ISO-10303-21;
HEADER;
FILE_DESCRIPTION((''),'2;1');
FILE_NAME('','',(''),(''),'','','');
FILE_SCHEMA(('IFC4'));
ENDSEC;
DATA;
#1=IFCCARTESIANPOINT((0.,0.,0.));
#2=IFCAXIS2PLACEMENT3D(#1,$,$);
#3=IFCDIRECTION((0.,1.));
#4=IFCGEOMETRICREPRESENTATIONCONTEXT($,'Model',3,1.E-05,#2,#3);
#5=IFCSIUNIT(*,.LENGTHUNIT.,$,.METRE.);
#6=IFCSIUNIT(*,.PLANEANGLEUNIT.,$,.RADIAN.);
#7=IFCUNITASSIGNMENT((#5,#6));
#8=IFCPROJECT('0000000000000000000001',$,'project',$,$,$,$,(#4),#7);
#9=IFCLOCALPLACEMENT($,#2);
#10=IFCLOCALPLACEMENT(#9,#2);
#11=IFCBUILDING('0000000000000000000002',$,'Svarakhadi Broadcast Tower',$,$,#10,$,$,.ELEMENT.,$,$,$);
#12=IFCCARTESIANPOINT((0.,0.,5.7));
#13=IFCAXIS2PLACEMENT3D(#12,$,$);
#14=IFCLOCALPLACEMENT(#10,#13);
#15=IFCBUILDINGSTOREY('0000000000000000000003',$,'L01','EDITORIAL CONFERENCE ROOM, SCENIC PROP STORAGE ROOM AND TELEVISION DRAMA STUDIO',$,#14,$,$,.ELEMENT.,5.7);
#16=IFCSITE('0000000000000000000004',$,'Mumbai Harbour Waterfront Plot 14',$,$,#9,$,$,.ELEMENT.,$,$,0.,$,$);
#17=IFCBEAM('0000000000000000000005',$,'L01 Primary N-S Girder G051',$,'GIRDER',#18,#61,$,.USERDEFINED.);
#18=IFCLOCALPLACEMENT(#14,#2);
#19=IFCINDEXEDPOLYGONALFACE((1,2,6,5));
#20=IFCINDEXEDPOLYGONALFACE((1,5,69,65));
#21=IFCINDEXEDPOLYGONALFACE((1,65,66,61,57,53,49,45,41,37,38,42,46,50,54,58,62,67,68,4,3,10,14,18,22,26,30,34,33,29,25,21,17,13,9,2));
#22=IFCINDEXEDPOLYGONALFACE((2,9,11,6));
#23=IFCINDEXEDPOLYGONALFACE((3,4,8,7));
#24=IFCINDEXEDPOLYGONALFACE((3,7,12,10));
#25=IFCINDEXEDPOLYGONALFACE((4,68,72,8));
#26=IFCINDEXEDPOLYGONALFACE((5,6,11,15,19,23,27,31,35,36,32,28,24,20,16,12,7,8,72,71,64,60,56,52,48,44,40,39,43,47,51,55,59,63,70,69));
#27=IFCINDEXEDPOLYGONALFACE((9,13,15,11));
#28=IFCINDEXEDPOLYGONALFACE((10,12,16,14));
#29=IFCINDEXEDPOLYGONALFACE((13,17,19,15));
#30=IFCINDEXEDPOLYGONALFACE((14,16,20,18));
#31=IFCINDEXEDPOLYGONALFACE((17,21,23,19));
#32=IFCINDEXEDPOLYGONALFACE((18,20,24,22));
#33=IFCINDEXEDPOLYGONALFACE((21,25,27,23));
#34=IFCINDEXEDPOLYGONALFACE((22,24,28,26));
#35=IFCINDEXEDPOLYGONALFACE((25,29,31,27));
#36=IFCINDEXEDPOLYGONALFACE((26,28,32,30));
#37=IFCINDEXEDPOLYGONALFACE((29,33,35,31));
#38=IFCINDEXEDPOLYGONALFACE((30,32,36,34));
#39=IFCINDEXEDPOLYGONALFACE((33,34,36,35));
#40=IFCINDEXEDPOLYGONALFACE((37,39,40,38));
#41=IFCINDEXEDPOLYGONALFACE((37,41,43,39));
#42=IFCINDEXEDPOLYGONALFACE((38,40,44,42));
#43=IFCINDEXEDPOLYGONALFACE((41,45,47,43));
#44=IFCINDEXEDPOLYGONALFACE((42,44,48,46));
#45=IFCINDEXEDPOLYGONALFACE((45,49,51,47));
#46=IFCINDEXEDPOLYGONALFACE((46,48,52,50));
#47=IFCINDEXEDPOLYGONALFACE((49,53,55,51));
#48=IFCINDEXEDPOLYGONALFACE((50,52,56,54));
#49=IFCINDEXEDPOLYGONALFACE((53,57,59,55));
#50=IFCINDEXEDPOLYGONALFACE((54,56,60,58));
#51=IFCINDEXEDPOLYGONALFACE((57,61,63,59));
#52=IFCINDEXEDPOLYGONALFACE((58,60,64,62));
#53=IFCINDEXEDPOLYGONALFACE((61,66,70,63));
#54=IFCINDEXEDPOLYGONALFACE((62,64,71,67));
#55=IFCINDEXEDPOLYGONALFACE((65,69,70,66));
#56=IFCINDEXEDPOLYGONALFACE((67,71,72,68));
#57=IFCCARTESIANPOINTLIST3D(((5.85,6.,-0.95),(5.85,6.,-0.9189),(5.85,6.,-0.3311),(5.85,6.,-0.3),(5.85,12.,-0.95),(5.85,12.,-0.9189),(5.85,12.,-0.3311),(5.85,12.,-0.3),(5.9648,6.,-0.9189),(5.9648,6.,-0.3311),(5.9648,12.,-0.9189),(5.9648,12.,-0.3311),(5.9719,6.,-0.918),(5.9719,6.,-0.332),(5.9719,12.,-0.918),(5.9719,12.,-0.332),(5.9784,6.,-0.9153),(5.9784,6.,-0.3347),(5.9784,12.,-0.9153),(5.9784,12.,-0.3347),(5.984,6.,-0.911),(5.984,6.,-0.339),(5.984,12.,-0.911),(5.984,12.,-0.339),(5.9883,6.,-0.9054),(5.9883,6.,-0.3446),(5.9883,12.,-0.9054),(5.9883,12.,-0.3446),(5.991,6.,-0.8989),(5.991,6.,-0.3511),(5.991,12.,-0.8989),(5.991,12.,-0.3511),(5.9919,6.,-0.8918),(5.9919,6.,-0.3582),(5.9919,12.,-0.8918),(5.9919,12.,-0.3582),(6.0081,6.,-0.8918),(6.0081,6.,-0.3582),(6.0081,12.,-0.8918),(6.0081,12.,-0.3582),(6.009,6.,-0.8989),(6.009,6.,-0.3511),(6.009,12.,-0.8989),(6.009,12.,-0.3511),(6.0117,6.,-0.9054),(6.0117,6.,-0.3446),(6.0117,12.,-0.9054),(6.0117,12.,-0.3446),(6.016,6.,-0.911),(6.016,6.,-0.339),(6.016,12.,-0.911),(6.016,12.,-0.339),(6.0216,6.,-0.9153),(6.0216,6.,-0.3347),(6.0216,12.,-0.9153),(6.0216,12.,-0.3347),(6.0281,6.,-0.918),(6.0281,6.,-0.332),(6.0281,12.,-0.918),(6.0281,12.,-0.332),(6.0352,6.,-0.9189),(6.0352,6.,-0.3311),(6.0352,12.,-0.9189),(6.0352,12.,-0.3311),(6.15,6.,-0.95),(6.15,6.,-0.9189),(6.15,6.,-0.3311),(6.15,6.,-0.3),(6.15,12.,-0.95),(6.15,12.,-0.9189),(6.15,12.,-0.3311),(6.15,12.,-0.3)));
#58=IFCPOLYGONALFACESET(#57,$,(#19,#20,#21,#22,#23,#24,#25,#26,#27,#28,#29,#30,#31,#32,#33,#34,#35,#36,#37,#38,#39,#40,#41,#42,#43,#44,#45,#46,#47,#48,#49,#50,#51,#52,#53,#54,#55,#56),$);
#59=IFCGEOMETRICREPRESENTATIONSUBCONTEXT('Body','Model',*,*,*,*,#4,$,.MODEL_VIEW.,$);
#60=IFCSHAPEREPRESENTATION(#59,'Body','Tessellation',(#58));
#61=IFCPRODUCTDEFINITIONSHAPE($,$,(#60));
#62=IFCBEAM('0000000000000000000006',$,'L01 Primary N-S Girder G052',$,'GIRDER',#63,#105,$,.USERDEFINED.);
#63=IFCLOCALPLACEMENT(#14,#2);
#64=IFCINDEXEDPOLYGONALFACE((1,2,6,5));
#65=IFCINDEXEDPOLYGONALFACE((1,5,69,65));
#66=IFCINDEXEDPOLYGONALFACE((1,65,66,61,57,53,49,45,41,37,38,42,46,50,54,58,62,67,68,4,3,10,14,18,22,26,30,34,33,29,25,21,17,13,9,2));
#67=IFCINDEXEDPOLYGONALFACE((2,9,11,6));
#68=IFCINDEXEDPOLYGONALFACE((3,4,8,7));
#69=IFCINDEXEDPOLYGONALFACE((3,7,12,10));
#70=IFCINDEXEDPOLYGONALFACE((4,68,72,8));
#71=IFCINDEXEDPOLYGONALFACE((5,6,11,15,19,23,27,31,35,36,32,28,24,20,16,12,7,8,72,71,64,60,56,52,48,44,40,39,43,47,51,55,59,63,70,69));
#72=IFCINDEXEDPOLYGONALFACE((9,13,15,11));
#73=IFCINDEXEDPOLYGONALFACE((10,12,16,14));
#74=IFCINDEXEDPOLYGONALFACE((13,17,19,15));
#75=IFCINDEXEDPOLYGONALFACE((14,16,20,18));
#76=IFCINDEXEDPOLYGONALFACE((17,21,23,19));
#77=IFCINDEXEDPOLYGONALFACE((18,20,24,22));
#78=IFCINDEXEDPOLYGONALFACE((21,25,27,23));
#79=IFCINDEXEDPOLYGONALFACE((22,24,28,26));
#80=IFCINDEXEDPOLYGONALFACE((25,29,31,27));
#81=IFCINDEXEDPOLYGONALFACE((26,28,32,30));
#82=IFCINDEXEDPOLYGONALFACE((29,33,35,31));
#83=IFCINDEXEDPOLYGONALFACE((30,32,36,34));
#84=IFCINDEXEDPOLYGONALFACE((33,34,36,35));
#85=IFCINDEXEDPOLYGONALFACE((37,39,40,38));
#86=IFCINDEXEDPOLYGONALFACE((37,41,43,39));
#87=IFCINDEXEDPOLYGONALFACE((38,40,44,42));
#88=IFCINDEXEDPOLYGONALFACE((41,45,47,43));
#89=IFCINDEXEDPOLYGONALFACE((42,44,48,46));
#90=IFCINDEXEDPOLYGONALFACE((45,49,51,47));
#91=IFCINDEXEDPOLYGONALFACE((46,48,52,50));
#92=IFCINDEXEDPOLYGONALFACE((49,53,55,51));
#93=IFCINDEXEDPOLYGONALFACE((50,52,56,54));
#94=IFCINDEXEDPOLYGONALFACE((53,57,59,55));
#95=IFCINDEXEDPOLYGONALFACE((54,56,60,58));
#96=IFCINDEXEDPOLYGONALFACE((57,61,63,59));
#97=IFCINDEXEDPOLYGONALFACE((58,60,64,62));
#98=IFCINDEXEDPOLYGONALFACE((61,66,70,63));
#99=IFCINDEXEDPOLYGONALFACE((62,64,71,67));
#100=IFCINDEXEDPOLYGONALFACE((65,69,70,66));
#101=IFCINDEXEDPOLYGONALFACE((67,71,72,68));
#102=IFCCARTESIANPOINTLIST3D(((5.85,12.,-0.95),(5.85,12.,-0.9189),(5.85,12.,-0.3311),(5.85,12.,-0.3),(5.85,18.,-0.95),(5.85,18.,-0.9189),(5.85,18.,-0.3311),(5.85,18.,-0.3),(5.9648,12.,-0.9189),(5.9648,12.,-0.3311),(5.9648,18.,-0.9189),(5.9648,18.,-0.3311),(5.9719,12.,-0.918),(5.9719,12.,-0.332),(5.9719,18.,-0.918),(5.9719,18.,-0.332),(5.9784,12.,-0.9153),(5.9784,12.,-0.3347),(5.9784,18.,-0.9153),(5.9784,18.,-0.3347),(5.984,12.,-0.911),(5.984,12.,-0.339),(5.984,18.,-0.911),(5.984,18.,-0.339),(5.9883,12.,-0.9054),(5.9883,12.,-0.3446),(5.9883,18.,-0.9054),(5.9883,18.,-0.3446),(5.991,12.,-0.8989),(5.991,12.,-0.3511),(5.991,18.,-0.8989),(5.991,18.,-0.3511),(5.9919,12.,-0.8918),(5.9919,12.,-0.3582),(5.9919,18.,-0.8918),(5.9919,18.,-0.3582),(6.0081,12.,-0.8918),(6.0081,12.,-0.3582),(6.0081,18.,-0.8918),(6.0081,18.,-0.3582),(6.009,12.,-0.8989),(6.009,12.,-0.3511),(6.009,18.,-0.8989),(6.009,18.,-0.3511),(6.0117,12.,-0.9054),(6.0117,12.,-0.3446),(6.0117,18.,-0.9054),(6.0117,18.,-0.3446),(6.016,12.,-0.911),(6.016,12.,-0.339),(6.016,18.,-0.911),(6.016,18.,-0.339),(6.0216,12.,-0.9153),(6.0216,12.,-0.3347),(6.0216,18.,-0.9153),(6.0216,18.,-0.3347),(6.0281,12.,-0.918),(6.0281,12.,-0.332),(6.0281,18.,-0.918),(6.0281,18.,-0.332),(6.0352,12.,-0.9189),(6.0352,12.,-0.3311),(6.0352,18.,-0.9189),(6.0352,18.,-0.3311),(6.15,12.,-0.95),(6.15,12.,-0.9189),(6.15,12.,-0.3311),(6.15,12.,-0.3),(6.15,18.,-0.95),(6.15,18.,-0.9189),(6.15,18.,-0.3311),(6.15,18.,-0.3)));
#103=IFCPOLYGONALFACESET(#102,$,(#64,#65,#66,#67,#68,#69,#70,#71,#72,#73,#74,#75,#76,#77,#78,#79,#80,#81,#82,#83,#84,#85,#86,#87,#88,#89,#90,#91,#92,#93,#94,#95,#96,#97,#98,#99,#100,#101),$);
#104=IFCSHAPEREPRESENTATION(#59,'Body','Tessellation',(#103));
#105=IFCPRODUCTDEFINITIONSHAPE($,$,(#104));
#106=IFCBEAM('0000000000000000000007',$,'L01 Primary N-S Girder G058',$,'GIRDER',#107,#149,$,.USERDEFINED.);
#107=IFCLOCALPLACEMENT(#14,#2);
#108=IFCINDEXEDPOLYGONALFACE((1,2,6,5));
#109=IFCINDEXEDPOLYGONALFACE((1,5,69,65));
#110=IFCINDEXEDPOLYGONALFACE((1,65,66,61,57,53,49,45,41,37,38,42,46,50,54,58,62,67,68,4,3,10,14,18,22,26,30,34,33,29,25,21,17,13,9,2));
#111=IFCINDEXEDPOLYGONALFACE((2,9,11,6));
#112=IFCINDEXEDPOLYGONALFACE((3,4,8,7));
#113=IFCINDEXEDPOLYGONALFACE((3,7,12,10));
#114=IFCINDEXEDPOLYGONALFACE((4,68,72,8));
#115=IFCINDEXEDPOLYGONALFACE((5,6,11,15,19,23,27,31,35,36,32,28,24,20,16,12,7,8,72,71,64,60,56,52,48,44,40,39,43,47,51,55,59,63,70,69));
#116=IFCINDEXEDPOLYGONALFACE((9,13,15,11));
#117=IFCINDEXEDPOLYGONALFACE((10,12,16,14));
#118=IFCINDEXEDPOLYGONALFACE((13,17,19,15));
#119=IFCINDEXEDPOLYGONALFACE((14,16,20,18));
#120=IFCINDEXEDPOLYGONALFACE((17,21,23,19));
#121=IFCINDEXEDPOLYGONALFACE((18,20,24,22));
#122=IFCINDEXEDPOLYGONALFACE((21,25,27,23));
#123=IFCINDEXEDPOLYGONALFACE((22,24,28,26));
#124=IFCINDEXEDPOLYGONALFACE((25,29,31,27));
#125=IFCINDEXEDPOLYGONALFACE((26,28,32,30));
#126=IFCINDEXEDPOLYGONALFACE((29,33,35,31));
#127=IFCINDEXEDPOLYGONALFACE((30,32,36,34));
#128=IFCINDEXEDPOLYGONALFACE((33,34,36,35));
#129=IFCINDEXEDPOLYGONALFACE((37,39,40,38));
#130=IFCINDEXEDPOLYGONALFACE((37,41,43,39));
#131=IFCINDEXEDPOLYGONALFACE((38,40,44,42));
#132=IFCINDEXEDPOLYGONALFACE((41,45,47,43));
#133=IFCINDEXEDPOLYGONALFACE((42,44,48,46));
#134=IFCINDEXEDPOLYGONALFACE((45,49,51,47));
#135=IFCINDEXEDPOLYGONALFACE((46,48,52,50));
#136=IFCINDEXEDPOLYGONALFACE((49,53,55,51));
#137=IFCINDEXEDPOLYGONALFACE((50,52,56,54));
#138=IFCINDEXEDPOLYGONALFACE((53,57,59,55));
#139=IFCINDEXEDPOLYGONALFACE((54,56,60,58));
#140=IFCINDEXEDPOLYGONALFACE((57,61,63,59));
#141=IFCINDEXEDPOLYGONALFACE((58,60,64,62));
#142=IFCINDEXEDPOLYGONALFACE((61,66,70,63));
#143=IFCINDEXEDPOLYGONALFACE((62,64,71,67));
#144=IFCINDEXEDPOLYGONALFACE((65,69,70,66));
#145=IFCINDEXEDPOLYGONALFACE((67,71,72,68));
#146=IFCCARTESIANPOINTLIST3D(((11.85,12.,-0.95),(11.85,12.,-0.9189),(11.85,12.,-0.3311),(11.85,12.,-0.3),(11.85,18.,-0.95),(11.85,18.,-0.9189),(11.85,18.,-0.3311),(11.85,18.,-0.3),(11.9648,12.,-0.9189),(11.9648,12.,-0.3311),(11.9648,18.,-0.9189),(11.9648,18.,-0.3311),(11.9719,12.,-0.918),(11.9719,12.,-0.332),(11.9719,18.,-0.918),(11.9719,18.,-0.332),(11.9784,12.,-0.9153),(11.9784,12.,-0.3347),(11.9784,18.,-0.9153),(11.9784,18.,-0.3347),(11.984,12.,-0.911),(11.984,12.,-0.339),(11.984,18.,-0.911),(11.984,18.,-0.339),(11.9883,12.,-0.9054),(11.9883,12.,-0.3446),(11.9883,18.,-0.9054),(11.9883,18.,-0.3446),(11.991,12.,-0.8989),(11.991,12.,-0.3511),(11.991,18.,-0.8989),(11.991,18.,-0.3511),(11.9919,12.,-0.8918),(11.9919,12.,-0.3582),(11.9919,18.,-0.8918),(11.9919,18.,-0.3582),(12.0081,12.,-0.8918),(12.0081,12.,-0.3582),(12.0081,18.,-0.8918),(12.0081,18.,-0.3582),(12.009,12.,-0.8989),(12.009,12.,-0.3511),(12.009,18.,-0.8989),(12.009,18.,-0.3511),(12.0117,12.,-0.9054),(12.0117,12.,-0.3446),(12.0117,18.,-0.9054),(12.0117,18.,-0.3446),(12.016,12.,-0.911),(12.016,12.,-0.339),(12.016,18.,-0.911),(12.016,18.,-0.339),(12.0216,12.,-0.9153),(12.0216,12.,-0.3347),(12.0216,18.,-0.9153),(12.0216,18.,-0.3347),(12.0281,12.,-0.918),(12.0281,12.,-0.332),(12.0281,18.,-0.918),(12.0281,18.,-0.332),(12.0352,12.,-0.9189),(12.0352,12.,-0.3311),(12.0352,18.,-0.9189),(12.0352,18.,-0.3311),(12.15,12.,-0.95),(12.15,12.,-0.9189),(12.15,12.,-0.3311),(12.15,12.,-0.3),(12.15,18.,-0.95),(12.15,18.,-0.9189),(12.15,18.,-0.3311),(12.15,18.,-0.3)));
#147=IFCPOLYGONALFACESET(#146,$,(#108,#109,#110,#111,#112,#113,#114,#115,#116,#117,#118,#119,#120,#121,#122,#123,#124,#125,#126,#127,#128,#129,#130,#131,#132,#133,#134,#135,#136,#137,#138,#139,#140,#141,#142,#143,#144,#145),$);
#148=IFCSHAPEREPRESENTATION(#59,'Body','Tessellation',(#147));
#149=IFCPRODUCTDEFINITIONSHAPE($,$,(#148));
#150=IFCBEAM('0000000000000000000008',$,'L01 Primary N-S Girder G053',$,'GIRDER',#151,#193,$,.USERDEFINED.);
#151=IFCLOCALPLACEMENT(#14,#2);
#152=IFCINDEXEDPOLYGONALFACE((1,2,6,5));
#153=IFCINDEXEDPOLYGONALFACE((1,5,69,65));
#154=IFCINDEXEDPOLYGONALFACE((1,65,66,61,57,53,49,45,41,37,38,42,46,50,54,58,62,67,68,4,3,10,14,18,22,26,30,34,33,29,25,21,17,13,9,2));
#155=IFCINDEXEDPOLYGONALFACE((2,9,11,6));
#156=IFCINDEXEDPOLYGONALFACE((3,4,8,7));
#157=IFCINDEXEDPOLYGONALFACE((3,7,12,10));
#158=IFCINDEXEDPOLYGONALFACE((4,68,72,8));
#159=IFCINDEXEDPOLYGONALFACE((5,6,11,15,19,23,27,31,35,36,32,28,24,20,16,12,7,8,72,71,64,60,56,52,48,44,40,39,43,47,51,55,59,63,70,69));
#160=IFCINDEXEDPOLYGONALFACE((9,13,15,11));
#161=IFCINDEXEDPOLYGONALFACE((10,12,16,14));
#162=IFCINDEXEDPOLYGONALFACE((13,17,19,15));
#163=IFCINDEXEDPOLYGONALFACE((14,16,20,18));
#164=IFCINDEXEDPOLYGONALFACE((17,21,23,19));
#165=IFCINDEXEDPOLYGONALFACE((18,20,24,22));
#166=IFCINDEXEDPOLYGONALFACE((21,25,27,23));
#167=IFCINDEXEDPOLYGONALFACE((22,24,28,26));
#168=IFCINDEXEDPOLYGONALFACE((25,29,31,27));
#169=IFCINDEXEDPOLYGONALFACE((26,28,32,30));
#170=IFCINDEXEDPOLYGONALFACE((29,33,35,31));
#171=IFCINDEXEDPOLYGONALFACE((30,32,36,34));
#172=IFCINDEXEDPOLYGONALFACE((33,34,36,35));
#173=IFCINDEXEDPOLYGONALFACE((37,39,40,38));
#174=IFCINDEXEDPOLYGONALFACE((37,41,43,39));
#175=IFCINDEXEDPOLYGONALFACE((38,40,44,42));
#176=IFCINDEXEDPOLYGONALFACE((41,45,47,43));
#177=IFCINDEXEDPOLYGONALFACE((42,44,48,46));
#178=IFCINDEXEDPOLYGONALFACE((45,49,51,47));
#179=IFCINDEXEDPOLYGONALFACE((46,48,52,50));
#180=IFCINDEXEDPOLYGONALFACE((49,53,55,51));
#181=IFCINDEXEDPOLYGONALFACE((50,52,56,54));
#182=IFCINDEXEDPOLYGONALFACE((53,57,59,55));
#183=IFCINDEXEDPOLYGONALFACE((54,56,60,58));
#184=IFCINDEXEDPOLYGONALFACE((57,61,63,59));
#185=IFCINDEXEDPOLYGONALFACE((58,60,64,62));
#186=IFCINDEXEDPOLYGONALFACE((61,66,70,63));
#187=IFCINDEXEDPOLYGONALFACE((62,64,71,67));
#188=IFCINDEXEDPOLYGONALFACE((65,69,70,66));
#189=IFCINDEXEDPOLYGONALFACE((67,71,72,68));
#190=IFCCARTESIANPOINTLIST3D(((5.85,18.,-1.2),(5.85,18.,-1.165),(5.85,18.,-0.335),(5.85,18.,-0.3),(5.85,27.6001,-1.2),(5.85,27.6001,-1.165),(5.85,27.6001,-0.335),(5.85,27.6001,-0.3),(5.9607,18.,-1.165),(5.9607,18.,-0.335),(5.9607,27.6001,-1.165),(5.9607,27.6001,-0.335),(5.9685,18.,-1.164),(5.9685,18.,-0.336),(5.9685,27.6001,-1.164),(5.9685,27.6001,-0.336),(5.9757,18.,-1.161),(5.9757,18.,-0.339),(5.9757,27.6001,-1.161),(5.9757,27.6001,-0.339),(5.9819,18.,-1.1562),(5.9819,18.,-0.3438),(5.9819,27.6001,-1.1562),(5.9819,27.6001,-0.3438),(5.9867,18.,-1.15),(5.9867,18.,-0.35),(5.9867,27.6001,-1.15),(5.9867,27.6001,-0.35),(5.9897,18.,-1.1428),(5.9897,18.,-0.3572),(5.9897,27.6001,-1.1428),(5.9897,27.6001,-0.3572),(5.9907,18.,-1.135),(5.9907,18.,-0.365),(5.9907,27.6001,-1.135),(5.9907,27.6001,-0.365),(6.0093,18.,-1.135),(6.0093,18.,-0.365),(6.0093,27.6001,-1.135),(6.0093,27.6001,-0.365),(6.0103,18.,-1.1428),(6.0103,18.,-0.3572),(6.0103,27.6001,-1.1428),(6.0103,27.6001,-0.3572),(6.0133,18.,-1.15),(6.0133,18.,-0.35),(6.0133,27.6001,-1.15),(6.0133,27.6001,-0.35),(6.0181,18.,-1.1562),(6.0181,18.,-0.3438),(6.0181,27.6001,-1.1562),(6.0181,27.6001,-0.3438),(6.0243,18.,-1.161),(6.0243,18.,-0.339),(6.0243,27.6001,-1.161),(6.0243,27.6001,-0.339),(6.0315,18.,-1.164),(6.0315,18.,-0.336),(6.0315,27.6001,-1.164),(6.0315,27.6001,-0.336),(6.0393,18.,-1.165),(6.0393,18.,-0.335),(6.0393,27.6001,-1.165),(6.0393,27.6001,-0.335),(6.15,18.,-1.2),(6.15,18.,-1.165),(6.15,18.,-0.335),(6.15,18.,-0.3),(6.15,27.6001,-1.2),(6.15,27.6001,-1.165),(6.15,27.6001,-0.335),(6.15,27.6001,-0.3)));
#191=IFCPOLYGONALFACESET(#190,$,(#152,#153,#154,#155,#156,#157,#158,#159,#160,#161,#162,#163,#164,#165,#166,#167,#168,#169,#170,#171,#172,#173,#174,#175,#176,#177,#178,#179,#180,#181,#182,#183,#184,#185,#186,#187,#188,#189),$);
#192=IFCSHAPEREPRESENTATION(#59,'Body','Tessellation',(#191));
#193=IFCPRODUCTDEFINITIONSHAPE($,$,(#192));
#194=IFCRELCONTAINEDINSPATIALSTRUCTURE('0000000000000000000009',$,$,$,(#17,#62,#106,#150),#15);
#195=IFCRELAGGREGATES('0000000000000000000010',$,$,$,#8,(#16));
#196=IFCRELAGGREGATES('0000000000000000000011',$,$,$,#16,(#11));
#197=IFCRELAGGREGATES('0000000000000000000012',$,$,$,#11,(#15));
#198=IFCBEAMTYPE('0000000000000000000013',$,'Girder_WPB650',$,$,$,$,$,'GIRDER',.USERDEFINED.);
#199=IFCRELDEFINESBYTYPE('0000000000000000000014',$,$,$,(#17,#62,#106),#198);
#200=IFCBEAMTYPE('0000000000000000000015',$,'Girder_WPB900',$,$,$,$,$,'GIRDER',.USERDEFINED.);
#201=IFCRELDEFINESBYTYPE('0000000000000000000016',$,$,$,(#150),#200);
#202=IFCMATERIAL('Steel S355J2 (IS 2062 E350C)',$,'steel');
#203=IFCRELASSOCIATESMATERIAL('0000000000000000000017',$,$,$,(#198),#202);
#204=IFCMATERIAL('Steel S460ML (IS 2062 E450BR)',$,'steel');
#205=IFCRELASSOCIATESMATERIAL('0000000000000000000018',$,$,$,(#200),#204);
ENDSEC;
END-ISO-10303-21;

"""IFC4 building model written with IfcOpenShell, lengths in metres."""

from ifc_helpers import new_model, si_unit, direction, frame, origin, origin_2d, place, context, subcontext, project, spatial, i_section, extrude, material, material_profile, profile_set, type_object, element, save


model = new_model("IFC4")

# Units and contexts
model_context = context("Model", 3, precision=1e-05, world=origin(), true_north=direction((0.0, 1.0)))
body_context = subcontext(model_context, "Body", "Model", "MODEL_VIEW")
ifc_project = project(units=[si_unit("LENGTHUNIT", "METRE"), si_unit("PLANEANGLEUNIT", "RADIAN")], contexts=[model_context])

# Site, building, storey
site_placement = place(None, origin())
site = spatial("IfcSite", under=ifc_project, at=site_placement, Name="Mumbai Harbour Waterfront Plot 14", CompositionType="ELEMENT", RefElevation=0.0)
building_placement = place(site_placement, origin())
building = spatial("IfcBuilding", under=site, at=building_placement, Name="Svarakhadi Broadcast Tower", CompositionType="ELEMENT")
storey_placement = place(building_placement, frame((0.0, 0.0, 5.7)))
storey = spatial("IfcBuildingStorey", under=building, at=storey_placement, Name="L01", Description="EDITORIAL CONFERENCE ROOM, SCENIC PROP STORAGE ROOM AND TELEVISION DRAMA STUDIO", CompositionType="ELEMENT", Elevation=5.7)

# Shared definitions
ifc_material_1 = material(Name="Steel S460ML (IS 2062 E450BR)", Category="steel")

# Shared definitions
ifc_material_2 = material(Name="Steel S355J2 (IS 2062 E350C)", Category="steel")

# Beams
ifc_material_profile_1 = material_profile(ifc_material_2, i_section(OverallWidth=0.3, OverallDepth=0.6499, WebThickness=0.0161, FlangeThickness=0.031, FilletRadius=0.0271, at=origin_2d()), Name="WPB 650x300x225")
ifc_profile_set_1 = profile_set([ifc_material_profile_1], Name="Steel S355J2 (IS 2062 E350C)")
beam_type_1 = type_object("IfcBeamType", Name="Girder_WPB650", ElementType="GIRDER", PredefinedType="USERDEFINED", material=ifc_profile_set_1)
for number, where, z_axis, x_axis, name in (
    (1, (6.0, 6.0, -0.625), (0.0, 1.0, 0.0), (-1.0, 0.0, 0.0), "L01 Primary N-S Girder G051"),
    (2, (6.0, 12.0, -0.625), (0.0, 1.0, 0.0), (-1.0, 0.0, 0.0), "L01 Primary N-S Girder G052"),
    (3, (12.0, 12.0, -0.625), (0.0, 1.0, 0.0), (-1.0, 0.0, 0.0), "L01 Primary N-S Girder G058"),
):
    element("IfcBeam", number, at=place(storey_placement, frame(where, z_axis=z_axis, x_axis=x_axis)), inside=storey, type_object=beam_type_1, Name=name, ObjectType="GIRDER", PredefinedType="USERDEFINED", context=body_context, shape_type="SweptSolid", body=[
        extrude(i_section(OverallWidth=0.3, OverallDepth=0.6499, WebThickness=0.0161, FlangeThickness=0.031, FilletRadius=0.0271, at=origin_2d()), origin(), (0.0, 0.0, 1.0), 6.0),
    ])
ifc_material_profile_2 = material_profile(ifc_material_1, i_section(OverallWidth=0.3, OverallDepth=0.8999, WebThickness=0.0186, FlangeThickness=0.0349, FilletRadius=0.03, at=origin_2d()), Name="WPB 900x300x291")
ifc_profile_set_2 = profile_set([ifc_material_profile_2], Name="Steel S460ML (IS 2062 E450BR)")
beam_type_2 = type_object("IfcBeamType", Name="Girder_WPB900", ElementType="GIRDER", PredefinedType="USERDEFINED", material=ifc_profile_set_2)
beam_1_placement = place(storey_placement, frame((6.0, 18.0, -0.75), z_axis=(0.0, 1.0, 0.0), x_axis=(-1.0, 0.0, 0.0)))
element("IfcBeam", 4, at=beam_1_placement, inside=storey, type_object=beam_type_2, Name="L01 Primary N-S Girder G053", ObjectType="GIRDER", PredefinedType="USERDEFINED", context=body_context, shape_type="SweptSolid", body=[
    extrude(i_section(OverallWidth=0.3, OverallDepth=0.8999, WebThickness=0.0186, FlangeThickness=0.0349, FilletRadius=0.03, at=origin_2d()), origin(), (0.0, 0.0, 1.0), 9.6001),
])

save(model, "model.ifc")
